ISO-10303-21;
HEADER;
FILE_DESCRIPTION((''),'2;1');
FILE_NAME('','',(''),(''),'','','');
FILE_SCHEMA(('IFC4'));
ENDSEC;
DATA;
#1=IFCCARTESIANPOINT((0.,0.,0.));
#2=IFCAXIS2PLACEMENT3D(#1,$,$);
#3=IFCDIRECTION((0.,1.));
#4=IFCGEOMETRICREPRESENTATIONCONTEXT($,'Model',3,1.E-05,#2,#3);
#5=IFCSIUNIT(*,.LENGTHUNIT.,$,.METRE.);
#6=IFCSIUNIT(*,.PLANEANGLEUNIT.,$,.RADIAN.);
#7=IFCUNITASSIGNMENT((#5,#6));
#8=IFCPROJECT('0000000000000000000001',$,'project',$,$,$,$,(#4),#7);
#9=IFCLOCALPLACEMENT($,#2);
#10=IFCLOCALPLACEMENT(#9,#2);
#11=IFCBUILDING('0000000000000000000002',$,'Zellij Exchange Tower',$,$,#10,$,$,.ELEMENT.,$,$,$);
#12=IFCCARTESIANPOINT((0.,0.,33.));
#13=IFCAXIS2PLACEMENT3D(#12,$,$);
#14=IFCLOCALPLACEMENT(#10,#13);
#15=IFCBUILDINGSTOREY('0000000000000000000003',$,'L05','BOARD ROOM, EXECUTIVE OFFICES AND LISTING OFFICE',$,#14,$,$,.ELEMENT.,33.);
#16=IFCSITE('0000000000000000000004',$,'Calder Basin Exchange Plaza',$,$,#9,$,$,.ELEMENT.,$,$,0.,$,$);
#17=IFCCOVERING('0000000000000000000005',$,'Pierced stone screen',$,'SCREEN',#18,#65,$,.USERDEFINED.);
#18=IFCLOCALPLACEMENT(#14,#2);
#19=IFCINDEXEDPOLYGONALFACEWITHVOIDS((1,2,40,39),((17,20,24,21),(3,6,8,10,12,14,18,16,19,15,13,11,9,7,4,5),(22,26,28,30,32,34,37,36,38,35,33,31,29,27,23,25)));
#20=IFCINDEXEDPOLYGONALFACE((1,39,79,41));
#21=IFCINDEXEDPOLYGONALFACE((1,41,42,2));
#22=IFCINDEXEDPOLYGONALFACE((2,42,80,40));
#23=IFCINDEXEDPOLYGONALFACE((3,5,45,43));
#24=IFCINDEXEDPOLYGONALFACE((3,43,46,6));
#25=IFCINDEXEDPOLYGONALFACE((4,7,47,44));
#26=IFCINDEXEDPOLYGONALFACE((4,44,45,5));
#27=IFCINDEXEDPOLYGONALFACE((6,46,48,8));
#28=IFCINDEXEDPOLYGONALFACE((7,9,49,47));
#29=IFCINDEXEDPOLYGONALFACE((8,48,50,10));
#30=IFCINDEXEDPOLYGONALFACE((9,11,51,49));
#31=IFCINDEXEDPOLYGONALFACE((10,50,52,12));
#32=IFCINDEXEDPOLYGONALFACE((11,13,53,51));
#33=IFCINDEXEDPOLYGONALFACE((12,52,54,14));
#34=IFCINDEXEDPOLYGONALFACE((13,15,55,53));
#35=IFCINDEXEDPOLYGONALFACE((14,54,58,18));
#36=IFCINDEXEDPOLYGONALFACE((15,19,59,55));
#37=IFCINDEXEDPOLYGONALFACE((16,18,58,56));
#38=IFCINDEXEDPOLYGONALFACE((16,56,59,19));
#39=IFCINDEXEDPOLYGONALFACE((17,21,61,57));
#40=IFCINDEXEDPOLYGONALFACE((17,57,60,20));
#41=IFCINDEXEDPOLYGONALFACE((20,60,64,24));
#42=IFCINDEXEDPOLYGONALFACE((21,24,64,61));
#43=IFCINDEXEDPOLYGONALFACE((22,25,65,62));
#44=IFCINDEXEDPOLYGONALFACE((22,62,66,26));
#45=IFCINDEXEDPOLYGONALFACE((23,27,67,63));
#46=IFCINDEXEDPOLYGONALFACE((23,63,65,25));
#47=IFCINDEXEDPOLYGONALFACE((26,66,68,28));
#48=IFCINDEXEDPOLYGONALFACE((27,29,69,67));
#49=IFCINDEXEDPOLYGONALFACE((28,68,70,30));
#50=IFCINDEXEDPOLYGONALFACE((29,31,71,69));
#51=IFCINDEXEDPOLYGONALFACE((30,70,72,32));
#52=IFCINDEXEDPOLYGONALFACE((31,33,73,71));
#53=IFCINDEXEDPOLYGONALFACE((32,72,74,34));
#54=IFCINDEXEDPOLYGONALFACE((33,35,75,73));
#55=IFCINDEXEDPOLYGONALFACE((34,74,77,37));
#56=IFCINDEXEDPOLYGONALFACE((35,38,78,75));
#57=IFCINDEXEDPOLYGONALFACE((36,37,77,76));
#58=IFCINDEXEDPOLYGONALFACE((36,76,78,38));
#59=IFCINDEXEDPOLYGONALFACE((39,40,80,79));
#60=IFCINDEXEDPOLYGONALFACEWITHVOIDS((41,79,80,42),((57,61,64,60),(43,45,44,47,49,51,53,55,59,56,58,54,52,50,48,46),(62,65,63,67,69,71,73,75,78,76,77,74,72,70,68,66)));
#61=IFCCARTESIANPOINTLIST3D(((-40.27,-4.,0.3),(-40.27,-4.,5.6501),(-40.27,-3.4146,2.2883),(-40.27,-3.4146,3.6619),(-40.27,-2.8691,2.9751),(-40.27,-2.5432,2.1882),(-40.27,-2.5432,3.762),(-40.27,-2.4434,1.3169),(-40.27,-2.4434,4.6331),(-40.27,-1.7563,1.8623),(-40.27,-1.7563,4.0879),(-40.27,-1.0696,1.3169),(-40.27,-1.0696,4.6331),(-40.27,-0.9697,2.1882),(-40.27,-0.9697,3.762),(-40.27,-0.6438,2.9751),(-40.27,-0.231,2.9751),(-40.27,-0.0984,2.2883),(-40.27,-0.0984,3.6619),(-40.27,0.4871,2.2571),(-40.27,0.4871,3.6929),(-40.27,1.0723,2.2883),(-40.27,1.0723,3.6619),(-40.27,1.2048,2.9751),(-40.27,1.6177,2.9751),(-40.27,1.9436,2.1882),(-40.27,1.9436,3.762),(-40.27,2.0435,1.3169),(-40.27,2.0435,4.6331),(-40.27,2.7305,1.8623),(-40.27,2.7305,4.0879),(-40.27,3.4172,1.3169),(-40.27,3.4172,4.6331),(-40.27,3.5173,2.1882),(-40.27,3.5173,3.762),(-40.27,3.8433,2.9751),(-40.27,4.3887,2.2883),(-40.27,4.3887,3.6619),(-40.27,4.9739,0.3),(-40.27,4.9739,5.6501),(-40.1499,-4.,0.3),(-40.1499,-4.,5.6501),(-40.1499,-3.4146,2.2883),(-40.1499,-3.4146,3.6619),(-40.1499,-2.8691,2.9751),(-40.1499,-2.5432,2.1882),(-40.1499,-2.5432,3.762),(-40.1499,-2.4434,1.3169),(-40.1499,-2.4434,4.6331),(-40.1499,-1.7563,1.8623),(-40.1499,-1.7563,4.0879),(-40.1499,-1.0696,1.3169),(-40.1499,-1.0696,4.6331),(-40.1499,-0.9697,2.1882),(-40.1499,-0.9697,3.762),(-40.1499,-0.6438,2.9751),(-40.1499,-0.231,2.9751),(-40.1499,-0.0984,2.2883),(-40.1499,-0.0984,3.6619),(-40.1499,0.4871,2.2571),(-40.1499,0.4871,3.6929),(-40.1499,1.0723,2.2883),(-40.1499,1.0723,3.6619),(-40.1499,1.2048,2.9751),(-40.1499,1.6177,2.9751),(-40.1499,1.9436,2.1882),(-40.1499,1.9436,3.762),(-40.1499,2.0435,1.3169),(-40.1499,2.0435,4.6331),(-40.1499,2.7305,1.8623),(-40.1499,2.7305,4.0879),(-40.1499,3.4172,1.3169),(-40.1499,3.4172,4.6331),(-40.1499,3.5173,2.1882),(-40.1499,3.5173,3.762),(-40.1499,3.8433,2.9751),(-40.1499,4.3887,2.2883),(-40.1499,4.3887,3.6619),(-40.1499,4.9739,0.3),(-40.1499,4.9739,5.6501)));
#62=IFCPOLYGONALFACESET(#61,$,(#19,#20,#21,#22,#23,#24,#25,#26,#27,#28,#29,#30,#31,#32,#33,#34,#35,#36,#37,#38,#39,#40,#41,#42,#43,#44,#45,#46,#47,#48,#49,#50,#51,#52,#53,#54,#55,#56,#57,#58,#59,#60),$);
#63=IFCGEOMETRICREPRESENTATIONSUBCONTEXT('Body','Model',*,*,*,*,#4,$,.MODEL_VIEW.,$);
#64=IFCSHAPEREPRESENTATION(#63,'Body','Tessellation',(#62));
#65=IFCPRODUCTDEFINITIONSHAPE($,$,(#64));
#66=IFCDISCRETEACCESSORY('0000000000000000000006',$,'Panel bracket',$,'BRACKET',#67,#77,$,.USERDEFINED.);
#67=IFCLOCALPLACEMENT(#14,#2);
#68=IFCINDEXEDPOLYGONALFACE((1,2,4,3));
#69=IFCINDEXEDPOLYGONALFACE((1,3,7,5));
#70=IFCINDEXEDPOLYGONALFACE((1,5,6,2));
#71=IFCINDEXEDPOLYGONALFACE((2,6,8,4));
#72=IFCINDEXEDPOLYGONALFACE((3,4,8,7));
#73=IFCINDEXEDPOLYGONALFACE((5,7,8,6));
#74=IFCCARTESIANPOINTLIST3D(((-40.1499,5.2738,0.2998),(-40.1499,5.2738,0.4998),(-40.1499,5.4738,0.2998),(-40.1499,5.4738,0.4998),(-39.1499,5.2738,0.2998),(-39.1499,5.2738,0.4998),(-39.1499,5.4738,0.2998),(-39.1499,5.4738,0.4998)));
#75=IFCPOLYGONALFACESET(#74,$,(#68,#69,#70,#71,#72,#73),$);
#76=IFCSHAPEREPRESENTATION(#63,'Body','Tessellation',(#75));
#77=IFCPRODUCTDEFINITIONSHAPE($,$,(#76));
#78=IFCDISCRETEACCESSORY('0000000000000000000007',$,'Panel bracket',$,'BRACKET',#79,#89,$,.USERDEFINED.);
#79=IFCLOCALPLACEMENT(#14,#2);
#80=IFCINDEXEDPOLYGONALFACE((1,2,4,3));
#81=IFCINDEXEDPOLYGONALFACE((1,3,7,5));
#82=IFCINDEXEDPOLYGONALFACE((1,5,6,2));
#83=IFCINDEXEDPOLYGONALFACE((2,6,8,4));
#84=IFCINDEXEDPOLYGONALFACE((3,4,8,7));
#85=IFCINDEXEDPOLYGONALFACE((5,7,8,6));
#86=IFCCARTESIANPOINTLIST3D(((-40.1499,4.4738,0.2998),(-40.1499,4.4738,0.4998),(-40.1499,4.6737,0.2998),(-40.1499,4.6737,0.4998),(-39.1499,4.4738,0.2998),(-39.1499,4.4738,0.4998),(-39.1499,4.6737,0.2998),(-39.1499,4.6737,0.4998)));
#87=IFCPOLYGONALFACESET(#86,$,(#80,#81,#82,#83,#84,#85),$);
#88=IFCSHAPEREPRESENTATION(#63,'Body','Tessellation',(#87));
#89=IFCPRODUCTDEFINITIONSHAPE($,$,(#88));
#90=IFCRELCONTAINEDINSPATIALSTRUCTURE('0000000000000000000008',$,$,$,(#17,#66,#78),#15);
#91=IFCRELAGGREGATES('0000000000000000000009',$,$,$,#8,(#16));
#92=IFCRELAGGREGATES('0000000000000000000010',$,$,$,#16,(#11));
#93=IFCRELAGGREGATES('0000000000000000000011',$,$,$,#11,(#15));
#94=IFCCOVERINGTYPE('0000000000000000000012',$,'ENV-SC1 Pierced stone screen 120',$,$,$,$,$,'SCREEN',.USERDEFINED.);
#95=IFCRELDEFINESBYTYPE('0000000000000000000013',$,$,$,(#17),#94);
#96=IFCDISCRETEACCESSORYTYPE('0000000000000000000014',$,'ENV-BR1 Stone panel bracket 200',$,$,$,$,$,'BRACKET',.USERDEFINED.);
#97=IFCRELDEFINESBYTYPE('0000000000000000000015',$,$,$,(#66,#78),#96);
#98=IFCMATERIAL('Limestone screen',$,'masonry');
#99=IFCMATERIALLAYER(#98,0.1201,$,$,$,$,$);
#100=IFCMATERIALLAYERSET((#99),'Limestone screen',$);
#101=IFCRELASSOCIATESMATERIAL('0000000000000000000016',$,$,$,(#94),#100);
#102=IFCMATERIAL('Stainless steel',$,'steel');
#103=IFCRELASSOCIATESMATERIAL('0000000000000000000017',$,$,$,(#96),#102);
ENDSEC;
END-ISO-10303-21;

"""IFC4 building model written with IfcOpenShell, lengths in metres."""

from ifc_helpers import new_model, si_unit, direction, frame, origin, origin_2d, place, context, subcontext, project, spatial, polyline, rectangle, outline, extrude, material, layer, layer_set, type_object, element, save


model = new_model("IFC4")

# Units and contexts
model_context = context("Model", 3, precision=1e-05, world=origin(), true_north=direction((0.0, 1.0)))
body_context = subcontext(model_context, "Body", "Model", "MODEL_VIEW")
ifc_project = project(units=[si_unit("LENGTHUNIT", "METRE"), si_unit("PLANEANGLEUNIT", "RADIAN")], contexts=[model_context])

# Site, building, storey
site_placement = place(None, origin())
site = spatial("IfcSite", under=ifc_project, at=site_placement, Name="Calder Basin Exchange Plaza", CompositionType="ELEMENT", RefElevation=0.0)
building_placement = place(site_placement, origin())
building = spatial("IfcBuilding", under=site, at=building_placement, Name="Zellij Exchange Tower", CompositionType="ELEMENT")
storey_placement = place(building_placement, frame((0.0, 0.0, 33.0)))
storey = spatial("IfcBuildingStorey", under=building, at=storey_placement, Name="L05", Description="BOARD ROOM, EXECUTIVE OFFICES AND LISTING OFFICE", CompositionType="ELEMENT", Elevation=33.0)

# Covering
ifc_material_1 = material(Name="Limestone screen", Category="masonry")
ifc_layer_1 = layer(ifc_material_1, 0.1201)
ifc_layer_set_1 = layer_set([ifc_layer_1], Name="Limestone screen")
covering_type = type_object("IfcCoveringType", Name="ENV-SC1 Pierced stone screen 120", ElementType="SCREEN", PredefinedType="USERDEFINED", material=ifc_layer_set_1)
covering_placement = place(storey_placement, frame((-40.21, 4.9739, 0.3), z_axis=(0.0, 0.0, 1.0), x_axis=(0.0, -1.0, 0.0)))
element("IfcCovering", 1, at=covering_placement, inside=storey, type_object=covering_type, Name="Pierced stone screen", ObjectType="SCREEN", PredefinedType="USERDEFINED", context=body_context, shape_type="SweptSolid", body=[
    extrude(outline(polyline([(0.0, 0.0), (8.9739, 0.0), (8.9739, 5.3501), (0.0, 5.3501), (0.0, 0.0)]), holes=[polyline([(3.9016, 3.3618), (3.0303, 3.4619), (2.9304, 4.333), (2.2434, 3.7878), (1.5566, 4.333), (1.4565, 3.4619), (0.5852, 3.3618), (1.1306, 2.675), (0.5852, 1.9883), (1.4565, 1.8882), (1.5566, 1.0168), (2.2434, 1.5623), (2.9304, 1.0168), (3.0303, 1.8882), (3.9016, 1.9883), (3.3562, 2.675), (3.9016, 3.3618)]), polyline([(8.3884, 3.3618), (7.5171, 3.4619), (7.4172, 4.333), (6.7302, 3.7878), (6.0435, 4.333), (5.9436, 3.4619), (5.0723, 3.3618), (5.6177, 2.675), (5.0723, 1.9883), (5.9436, 1.8882), (6.0435, 1.0168), (6.7302, 1.5623), (7.4172, 1.0168), (7.5171, 1.8882), (8.3884, 1.9883), (7.843, 2.675), (8.3884, 3.3618)]), polyline([(5.2048, 2.675), (4.4868, 3.3928), (3.769, 2.675), (4.4868, 1.957), (5.2048, 2.675)])]), frame((0.0, 0.0601, 0.0), z_axis=(0.0, -1.0, 0.0), x_axis=(1.0, 0.0, 0.0)), (0.0, 0.0, 1.0), 0.1201),
])

# Discrete accessories
ifc_material_2 = material(Name="Stainless steel", Category="steel")
discrete_accessory_type = type_object("IfcDiscreteAccessoryType", Name="ENV-BR1 Stone panel bracket 200", ElementType="BRACKET", PredefinedType="USERDEFINED", material=ifc_material_2)
for number, where, z_axis, x_axis, name in (
    (2, (-39.6499, 5.3738, 0.2998), (0.0, 0.0, 1.0), (0.0, -1.0, 0.0), "Panel bracket"),
    (3, (-39.6499, 4.5737, 0.2998), (0.0, 0.0, 1.0), (0.0, -1.0, 0.0), "Panel bracket"),
):
    element("IfcDiscreteAccessory", number, at=place(storey_placement, frame(where, z_axis=z_axis, x_axis=x_axis)), inside=storey, type_object=discrete_accessory_type, Name=name, ObjectType="BRACKET", PredefinedType="USERDEFINED", context=body_context, shape_type="SweptSolid", body=[
        extrude(rectangle(XDim=0.2, YDim=1.0, at=origin_2d()), origin(), (0.0, 0.0, 1.0), 0.2),
    ])

save(model, "model.ifc")
